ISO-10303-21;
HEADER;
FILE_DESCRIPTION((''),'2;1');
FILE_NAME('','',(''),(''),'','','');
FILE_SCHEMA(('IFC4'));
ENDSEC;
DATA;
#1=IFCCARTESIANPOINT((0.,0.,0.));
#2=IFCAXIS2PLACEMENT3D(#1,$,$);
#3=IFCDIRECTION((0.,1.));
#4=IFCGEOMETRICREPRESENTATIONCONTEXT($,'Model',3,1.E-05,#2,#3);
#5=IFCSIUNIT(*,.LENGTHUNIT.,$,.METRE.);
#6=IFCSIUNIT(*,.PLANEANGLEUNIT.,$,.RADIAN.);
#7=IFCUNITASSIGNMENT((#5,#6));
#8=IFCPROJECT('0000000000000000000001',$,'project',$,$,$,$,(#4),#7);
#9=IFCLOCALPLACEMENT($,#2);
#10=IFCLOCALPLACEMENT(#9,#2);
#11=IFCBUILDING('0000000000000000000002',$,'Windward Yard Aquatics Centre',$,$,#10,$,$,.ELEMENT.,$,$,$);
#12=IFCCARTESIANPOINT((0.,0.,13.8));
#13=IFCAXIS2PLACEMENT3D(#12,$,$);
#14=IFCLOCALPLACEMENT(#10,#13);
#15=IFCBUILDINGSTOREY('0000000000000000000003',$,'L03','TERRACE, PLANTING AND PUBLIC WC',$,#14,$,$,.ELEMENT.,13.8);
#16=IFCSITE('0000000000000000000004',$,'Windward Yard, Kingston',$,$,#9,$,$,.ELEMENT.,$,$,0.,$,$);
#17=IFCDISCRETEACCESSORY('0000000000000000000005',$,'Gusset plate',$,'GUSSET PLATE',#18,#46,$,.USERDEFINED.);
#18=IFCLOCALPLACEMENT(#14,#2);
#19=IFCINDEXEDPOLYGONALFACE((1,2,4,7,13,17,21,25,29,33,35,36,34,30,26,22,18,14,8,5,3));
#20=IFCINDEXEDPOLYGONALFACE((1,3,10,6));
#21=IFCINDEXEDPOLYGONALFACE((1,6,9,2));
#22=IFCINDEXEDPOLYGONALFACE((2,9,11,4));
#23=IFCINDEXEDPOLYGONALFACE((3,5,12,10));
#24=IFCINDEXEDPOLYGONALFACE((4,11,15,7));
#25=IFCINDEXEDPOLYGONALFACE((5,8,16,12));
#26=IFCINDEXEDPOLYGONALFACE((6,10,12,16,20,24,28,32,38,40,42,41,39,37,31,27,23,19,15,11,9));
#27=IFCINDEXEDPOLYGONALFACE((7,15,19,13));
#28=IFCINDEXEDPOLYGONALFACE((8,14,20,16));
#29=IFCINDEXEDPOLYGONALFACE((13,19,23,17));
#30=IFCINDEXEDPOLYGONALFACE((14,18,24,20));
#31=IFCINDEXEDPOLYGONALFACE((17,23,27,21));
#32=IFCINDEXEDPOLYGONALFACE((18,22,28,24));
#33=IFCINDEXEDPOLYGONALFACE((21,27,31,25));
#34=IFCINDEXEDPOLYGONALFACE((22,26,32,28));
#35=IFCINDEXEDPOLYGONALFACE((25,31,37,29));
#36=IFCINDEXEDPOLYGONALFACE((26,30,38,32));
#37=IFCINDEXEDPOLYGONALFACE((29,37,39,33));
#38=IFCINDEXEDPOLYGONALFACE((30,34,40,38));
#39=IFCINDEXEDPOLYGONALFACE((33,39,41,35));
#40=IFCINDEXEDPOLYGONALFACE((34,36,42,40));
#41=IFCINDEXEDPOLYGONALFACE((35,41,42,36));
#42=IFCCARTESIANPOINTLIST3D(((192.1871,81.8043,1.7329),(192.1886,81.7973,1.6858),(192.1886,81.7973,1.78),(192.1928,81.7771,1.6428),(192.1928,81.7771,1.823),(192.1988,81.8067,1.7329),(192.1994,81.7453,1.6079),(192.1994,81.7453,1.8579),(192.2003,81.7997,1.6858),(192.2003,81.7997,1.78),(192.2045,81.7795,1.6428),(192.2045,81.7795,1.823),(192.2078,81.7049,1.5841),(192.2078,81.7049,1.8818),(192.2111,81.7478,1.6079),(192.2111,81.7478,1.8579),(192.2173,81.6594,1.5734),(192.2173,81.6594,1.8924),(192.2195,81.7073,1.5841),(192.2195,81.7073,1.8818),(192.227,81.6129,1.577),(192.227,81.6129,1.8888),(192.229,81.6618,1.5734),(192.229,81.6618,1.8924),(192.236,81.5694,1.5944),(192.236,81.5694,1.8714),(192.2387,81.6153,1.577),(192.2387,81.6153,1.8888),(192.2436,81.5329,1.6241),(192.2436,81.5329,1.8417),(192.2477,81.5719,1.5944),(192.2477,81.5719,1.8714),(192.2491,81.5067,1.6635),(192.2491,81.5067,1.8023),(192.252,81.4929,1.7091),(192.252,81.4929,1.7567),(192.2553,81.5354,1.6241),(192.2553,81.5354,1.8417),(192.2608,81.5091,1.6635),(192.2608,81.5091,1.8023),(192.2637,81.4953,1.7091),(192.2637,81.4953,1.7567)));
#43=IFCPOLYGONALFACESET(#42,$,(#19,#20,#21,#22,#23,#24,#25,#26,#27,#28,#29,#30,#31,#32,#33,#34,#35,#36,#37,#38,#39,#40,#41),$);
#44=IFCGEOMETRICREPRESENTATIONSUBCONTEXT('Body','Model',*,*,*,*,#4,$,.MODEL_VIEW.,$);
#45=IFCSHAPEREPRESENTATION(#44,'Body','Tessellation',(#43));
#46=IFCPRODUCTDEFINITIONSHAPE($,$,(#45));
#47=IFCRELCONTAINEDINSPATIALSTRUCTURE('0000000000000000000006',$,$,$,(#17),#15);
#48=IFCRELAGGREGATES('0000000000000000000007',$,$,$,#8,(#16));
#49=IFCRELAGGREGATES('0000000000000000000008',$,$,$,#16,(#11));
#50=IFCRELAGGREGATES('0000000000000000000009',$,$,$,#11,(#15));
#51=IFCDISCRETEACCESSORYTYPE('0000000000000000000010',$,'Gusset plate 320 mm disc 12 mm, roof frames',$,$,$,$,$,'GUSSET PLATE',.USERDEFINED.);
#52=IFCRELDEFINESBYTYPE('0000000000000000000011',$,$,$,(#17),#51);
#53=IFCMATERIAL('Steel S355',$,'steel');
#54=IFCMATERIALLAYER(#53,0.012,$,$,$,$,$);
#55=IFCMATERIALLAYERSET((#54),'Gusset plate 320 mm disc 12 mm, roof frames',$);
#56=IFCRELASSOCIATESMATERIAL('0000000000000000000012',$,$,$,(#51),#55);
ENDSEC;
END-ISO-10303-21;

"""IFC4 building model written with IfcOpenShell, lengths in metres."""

from ifc_helpers import new_model, si_unit, direction, frame, origin, origin_2d, place, context, subcontext, project, spatial, circle, extrude, material, layer, layer_set, type_object, element, save


model = new_model("IFC4")

# Units and contexts
model_context = context("Model", 3, precision=1e-05, world=origin(), true_north=direction((0.0, 1.0)))
body_context = subcontext(model_context, "Body", "Model", "MODEL_VIEW")
ifc_project = project(units=[si_unit("LENGTHUNIT", "METRE"), si_unit("PLANEANGLEUNIT", "RADIAN")], contexts=[model_context])

# Site, building, storey
site_placement = place(None, origin())
site = spatial("IfcSite", under=ifc_project, at=site_placement, Name="Windward Yard, Kingston", CompositionType="ELEMENT", RefElevation=0.0)
building_placement = place(site_placement, origin())
building = spatial("IfcBuilding", under=site, at=building_placement, Name="Windward Yard Aquatics Centre", CompositionType="ELEMENT")
storey_placement = place(building_placement, frame((0.0, 0.0, 13.8)))
storey = spatial("IfcBuildingStorey", under=building, at=storey_placement, Name="L03", Description="TERRACE, PLANTING AND PUBLIC WC", CompositionType="ELEMENT", Elevation=13.8)

# Discrete accessory
ifc_material_1 = material(Name="Steel S355", Category="steel")
ifc_layer_1 = layer(ifc_material_1, 0.012)
ifc_layer_set_1 = layer_set([ifc_layer_1], Name="Gusset plate 320 mm disc 12 mm, roof frames")
discrete_accessory_type_1 = type_object("IfcDiscreteAccessoryType", Name="Gusset plate 320 mm disc 12 mm, roof frames", ElementType="GUSSET PLATE", PredefinedType="USERDEFINED", material=ifc_layer_set_1)
discrete_accessory_placement = place(storey_placement, frame((192.2197, 81.6477, 1.7329), z_axis=(0.97898, 0.203954, 0.0), x_axis=(-0.203954, 0.97898, 0.0)))
element("IfcDiscreteAccessory", 1, at=discrete_accessory_placement, inside=storey, type_object=discrete_accessory_type_1, Name="Gusset plate", ObjectType="GUSSET PLATE", PredefinedType="USERDEFINED", context=body_context, shape_type="SweptSolid", body=[
    extrude(circle(Radius=0.1599, at=origin_2d()), origin(), (0.0, 0.0, 1.0), 0.012),
])

save(model, "model.ifc")
